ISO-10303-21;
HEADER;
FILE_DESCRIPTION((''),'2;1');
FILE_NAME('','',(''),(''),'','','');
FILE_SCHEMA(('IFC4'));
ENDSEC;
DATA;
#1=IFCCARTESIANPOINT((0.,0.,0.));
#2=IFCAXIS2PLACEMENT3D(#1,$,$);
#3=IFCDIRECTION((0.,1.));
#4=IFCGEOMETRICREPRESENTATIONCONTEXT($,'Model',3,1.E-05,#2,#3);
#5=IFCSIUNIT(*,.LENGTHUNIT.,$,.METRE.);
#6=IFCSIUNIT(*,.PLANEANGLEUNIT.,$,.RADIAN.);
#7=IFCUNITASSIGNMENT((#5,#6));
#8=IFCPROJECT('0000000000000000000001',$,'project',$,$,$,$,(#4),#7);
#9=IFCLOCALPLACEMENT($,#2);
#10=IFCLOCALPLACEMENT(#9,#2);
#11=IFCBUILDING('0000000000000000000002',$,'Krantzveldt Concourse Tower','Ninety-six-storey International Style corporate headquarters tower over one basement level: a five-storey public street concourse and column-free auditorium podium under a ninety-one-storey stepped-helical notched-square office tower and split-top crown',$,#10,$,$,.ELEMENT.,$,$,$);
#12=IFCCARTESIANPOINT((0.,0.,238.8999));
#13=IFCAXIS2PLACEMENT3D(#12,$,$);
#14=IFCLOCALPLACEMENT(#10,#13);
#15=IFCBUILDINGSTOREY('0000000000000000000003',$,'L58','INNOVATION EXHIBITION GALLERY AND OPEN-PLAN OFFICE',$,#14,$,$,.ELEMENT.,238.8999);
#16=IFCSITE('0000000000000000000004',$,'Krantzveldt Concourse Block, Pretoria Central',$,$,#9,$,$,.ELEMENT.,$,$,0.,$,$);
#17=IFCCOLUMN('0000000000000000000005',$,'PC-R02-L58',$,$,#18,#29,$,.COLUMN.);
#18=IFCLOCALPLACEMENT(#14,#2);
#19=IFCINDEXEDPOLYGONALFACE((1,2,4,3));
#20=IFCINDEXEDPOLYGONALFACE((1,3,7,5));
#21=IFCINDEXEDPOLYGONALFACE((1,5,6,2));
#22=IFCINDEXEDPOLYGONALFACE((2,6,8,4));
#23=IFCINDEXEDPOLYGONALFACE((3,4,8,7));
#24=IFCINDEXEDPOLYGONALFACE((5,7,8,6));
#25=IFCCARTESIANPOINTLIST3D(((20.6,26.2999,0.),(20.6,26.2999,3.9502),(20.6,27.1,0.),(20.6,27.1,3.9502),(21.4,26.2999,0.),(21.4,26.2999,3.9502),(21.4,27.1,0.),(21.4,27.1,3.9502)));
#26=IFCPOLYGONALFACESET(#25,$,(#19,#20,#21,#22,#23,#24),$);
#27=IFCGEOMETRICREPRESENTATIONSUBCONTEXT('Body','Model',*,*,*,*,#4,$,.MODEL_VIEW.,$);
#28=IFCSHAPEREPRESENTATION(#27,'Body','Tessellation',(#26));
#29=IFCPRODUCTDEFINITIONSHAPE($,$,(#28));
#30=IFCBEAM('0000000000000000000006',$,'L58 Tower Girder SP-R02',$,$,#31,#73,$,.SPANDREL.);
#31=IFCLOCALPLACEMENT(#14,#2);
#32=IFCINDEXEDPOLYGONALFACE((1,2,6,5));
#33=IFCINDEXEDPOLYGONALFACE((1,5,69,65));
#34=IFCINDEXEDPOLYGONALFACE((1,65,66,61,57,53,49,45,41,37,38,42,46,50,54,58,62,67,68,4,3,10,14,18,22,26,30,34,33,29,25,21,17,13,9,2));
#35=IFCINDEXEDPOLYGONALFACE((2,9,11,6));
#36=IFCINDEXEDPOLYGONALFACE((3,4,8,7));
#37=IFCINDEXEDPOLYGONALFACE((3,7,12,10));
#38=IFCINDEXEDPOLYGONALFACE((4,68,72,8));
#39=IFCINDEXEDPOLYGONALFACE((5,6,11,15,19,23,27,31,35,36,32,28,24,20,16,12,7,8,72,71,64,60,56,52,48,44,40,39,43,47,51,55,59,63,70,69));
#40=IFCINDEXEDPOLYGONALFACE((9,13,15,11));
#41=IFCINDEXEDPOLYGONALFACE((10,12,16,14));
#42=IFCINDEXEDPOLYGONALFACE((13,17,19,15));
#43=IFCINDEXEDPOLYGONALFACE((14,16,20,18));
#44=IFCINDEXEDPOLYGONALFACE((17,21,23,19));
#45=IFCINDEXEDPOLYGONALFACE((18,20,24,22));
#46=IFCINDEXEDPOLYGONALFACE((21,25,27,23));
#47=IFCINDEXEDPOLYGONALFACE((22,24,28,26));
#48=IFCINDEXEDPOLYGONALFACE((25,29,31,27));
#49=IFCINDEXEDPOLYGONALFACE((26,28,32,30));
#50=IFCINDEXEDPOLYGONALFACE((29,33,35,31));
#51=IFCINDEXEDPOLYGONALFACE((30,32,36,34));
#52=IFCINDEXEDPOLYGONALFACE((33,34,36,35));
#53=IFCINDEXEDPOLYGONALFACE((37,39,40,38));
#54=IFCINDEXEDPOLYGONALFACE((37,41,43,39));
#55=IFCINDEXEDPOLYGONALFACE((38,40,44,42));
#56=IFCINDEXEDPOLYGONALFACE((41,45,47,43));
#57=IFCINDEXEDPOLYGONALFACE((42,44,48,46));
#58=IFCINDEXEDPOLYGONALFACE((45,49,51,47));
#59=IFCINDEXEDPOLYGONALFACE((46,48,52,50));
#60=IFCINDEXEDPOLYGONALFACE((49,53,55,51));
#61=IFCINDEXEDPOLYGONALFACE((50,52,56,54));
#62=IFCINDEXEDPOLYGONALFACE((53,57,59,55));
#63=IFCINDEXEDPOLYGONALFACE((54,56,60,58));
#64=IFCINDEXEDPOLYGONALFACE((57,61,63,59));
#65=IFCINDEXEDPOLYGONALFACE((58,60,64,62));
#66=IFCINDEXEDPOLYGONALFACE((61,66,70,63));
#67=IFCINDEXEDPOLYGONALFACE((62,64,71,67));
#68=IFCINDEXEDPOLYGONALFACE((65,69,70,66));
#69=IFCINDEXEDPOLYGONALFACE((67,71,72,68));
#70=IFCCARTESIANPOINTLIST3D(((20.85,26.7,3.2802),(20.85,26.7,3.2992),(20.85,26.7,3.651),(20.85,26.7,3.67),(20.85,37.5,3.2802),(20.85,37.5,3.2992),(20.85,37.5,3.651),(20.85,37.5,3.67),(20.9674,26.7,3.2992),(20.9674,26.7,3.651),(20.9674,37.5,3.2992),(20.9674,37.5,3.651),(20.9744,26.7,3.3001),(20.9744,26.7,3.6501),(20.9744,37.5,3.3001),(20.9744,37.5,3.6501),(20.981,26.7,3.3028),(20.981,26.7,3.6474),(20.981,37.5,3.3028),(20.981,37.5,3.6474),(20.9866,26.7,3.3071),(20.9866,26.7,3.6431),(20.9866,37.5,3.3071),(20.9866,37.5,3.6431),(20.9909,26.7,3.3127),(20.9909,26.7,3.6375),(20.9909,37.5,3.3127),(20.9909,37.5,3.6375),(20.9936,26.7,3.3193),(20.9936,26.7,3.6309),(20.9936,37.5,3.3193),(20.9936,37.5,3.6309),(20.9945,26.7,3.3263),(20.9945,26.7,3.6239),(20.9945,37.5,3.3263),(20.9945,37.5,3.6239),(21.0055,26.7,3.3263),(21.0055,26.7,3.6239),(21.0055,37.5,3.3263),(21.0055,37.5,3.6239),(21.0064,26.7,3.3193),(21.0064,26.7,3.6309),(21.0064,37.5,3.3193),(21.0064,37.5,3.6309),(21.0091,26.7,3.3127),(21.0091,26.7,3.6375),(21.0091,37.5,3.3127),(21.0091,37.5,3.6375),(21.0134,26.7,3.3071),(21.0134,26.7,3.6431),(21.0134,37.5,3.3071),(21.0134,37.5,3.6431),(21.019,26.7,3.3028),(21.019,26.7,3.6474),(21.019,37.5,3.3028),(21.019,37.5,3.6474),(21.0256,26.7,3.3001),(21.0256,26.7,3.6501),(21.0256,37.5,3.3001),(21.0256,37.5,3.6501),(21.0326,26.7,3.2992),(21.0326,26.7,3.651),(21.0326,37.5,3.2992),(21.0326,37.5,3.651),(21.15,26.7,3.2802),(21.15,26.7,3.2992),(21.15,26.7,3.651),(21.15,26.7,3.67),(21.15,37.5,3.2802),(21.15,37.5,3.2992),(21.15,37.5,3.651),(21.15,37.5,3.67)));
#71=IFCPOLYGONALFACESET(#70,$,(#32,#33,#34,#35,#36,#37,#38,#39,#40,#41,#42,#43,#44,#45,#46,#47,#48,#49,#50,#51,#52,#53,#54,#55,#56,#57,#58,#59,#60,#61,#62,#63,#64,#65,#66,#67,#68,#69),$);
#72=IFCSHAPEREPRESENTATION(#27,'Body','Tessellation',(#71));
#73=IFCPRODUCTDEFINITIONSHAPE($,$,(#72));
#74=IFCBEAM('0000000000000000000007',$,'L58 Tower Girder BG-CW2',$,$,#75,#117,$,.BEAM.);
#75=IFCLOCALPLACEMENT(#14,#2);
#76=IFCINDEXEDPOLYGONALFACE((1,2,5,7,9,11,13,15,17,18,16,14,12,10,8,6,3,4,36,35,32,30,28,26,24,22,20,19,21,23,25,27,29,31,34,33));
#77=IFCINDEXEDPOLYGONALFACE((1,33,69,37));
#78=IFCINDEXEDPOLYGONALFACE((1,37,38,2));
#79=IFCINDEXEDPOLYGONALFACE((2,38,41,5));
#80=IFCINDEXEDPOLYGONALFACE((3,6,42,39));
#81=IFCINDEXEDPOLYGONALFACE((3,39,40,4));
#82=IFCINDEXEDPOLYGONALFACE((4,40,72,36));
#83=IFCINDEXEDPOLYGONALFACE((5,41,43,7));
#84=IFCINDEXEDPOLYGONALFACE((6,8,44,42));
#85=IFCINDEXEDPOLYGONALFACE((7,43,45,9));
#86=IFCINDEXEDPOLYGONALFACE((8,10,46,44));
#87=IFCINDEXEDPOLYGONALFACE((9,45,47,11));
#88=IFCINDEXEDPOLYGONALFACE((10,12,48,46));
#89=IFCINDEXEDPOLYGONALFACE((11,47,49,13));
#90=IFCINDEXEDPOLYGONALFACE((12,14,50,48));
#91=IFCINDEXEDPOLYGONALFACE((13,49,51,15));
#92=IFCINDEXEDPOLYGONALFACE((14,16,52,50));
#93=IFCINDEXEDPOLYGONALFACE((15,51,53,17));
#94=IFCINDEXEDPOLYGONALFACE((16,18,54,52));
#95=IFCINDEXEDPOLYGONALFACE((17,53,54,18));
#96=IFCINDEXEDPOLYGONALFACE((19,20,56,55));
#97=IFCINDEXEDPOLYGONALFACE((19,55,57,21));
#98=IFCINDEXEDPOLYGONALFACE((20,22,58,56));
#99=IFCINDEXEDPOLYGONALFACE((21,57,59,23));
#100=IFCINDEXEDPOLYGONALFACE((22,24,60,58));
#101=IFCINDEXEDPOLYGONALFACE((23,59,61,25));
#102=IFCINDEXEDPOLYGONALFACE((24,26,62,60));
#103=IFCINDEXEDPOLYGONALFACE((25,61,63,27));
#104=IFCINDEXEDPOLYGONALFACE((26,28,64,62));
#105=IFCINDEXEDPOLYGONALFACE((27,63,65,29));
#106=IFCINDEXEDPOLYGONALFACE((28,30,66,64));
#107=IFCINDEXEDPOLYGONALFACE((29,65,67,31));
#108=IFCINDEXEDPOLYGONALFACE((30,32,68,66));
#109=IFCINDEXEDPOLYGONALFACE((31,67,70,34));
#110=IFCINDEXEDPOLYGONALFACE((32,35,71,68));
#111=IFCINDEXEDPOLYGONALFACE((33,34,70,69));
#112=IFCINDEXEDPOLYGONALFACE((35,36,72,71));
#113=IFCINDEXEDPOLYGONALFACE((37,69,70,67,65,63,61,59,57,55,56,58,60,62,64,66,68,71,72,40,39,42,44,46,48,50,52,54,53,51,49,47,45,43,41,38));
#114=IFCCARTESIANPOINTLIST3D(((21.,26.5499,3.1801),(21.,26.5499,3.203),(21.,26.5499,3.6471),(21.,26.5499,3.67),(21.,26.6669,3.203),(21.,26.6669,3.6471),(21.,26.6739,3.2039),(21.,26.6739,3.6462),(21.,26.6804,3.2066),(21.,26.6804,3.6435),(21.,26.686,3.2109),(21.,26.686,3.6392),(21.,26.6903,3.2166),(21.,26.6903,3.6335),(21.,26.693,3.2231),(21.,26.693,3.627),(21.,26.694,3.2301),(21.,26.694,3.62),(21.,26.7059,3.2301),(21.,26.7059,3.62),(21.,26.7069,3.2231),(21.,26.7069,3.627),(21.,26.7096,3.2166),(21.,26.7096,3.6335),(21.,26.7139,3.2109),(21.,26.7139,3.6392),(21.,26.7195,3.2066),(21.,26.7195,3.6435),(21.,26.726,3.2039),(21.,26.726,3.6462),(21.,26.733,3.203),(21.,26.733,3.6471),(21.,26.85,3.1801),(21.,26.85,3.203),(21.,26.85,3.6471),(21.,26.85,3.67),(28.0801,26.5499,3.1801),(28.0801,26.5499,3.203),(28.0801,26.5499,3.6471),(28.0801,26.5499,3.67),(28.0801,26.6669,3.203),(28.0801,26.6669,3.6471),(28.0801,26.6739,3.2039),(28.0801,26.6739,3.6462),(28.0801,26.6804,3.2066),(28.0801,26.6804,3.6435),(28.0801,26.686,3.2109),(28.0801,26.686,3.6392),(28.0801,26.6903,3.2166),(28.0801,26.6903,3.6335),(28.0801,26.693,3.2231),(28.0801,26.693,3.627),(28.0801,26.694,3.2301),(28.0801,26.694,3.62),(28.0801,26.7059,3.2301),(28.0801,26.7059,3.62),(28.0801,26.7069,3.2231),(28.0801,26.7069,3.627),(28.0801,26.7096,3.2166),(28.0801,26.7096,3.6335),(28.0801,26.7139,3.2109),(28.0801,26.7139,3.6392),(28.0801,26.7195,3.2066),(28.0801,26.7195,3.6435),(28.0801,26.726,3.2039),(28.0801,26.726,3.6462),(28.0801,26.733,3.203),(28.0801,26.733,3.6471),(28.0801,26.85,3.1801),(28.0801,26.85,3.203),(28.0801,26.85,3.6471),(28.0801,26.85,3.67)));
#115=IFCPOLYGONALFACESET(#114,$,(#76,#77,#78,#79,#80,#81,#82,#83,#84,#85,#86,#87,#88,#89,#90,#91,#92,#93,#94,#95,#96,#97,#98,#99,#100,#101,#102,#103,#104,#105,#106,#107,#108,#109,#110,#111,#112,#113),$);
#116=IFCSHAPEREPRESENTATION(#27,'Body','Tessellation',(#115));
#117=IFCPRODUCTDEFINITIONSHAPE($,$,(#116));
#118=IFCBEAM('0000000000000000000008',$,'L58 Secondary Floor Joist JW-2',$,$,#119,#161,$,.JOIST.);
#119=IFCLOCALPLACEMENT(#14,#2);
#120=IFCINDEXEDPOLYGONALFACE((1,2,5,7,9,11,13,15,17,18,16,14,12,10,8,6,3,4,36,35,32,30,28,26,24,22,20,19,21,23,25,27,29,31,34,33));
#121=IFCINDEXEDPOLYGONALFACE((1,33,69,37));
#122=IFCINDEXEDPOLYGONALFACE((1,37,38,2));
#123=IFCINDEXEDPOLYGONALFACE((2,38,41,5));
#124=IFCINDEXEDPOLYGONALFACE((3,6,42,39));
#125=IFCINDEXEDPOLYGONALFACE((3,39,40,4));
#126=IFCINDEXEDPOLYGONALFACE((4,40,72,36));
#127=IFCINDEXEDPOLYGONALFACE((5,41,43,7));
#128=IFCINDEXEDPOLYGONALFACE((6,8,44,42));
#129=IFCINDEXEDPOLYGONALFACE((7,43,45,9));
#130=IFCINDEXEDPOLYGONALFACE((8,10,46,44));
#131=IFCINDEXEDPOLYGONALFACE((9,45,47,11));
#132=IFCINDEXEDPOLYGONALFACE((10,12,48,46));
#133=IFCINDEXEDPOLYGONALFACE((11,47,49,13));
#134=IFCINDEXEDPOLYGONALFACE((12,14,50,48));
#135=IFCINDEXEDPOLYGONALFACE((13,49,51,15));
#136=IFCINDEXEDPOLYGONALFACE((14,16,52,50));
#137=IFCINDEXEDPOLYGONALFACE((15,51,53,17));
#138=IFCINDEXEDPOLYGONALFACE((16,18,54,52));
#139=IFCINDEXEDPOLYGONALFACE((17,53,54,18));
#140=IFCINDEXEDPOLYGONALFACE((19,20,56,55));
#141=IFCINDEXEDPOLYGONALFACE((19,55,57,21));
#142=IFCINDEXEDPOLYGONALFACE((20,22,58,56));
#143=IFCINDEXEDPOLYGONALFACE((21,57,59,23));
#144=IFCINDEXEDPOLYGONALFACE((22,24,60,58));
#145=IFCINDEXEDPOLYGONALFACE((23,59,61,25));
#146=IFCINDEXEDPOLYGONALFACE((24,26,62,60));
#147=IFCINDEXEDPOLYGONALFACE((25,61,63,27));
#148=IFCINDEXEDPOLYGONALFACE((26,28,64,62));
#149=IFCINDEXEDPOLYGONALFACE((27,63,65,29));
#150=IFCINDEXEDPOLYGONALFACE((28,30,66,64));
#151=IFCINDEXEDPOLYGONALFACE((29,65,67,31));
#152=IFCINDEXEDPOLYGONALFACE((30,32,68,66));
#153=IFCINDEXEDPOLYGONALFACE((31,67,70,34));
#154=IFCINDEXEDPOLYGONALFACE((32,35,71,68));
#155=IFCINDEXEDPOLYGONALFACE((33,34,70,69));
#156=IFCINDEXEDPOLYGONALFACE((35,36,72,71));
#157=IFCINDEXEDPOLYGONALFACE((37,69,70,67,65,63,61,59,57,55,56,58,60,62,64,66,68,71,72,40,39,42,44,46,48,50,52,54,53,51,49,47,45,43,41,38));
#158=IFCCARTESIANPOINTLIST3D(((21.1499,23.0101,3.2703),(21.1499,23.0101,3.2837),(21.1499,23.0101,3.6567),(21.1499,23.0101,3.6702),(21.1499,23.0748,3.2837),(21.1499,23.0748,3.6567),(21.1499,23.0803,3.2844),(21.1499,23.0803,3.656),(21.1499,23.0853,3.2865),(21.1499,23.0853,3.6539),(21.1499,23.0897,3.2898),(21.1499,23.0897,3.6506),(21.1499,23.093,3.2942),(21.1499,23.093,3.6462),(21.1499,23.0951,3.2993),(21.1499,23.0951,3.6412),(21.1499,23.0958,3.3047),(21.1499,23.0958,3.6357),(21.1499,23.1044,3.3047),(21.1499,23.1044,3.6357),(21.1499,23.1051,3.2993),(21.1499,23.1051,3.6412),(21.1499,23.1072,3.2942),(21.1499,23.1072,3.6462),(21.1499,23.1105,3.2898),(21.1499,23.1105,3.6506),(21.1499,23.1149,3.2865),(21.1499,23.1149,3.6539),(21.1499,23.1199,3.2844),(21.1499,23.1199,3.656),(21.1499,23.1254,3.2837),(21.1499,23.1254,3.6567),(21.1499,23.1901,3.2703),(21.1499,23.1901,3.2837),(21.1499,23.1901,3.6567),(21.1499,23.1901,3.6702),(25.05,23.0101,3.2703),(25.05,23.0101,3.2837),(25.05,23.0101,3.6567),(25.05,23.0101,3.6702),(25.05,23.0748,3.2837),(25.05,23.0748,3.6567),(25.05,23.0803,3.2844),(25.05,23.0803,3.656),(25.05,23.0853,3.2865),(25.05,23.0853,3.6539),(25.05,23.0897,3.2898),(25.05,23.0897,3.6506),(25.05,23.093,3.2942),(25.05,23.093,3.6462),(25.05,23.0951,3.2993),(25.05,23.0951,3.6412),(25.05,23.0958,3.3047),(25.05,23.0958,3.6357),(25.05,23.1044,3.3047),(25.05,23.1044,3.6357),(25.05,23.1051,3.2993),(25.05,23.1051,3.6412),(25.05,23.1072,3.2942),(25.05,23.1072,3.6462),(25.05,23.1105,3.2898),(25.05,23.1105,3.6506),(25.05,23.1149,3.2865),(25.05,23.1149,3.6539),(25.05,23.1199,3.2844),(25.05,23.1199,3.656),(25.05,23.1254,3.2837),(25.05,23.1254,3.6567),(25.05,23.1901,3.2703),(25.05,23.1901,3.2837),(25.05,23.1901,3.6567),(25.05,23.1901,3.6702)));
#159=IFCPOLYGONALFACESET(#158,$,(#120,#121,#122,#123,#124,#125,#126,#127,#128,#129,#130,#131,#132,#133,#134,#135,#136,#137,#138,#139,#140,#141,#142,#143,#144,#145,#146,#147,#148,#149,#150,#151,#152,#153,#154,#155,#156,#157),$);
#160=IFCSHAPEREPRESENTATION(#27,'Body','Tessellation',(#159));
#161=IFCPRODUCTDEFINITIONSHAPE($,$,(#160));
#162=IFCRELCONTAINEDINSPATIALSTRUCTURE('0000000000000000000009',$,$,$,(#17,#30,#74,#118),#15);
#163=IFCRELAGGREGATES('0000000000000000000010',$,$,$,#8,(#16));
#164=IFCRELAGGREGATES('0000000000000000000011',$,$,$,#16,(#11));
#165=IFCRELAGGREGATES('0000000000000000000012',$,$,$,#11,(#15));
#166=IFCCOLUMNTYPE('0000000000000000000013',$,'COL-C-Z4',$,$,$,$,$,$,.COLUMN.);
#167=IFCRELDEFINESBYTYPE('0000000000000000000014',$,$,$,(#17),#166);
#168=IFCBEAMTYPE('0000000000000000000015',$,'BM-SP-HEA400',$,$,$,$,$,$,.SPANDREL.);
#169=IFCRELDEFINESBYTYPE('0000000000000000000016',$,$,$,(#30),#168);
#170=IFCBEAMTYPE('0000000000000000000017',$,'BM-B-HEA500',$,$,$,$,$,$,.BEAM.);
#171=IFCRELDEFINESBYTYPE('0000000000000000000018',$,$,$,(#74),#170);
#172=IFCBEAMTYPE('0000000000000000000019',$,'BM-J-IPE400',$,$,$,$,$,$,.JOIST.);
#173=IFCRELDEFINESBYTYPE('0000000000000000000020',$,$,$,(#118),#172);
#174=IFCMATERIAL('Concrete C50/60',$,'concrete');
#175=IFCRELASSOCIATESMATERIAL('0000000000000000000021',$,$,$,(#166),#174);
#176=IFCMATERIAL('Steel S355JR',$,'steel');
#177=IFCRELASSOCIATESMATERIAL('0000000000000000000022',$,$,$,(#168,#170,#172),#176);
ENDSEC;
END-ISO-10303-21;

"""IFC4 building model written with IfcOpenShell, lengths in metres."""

from ifc_helpers import new_model, si_unit, direction, frame, origin, origin_2d, place, context, subcontext, project, spatial, rectangle, i_section, extrude, source, transform, mapped, material, material_profile, profile_set, type_object, type_shapes, element, save


model = new_model("IFC4")

# Units and contexts
model_context = context("Model", 3, precision=1e-05, world=origin(), true_north=direction((0.0, 1.0)))
body_context = subcontext(model_context, "Body", "Model", "MODEL_VIEW")
ifc_project = project(units=[si_unit("LENGTHUNIT", "METRE"), si_unit("PLANEANGLEUNIT", "RADIAN")], contexts=[model_context])

# Site, building, storey
site_placement = place(None, origin())
site = spatial("IfcSite", under=ifc_project, at=site_placement, Name="Krantzveldt Concourse Block, Pretoria Central", CompositionType="ELEMENT", RefElevation=0.0)
building_placement = place(site_placement, origin())
building = spatial("IfcBuilding", under=site, at=building_placement, Name="Krantzveldt Concourse Tower", Description="Ninety-six-storey International Style corporate headquarters tower over one basement level: a five-storey public street concourse and column-free auditorium podium under a ninety-one-storey stepped-helical notched-square office tower and split-top crown", CompositionType="ELEMENT")
storey_placement = place(building_placement, frame((0.0, 0.0, 238.8999)))
storey = spatial("IfcBuildingStorey", under=building, at=storey_placement, Name="L58", Description="INNOVATION EXHIBITION GALLERY AND OPEN-PLAN OFFICE", CompositionType="ELEMENT", Elevation=238.8999)

# Column
ifc_material_1 = material(Name="Concrete C50/60", Category="concrete")
ifc_material_profile_1 = material_profile(ifc_material_1, rectangle(XDim=0.8, YDim=0.8, at=origin_2d()), Name="Concrete C50/60", Category="concrete")
ifc_profile_set_1 = profile_set([ifc_material_profile_1], Name="Concrete C50/60 - RC 800x800")
column_type = type_object("IfcColumnType", Name="COL-C-Z4", PredefinedType="COLUMN", material=ifc_profile_set_1)
shared_shape_1 = source(origin(), body_context, "Body", "SweptSolid", [
    extrude(rectangle(XDim=0.8, YDim=0.8, at=origin_2d()), origin(), (0.0, 0.0, 1.0), 3.9502),
])
type_shapes(column_type, [shared_shape_1])
column_placement = place(storey_placement, frame((21.0, 26.7, 0.0), z_axis=(0.0, 0.0, 1.0), x_axis=(1.0, 0.0, 0.0)))
element("IfcColumn", 1, at=column_placement, inside=storey, type_object=column_type, Name="PC-R02-L58", PredefinedType="COLUMN", context=body_context, shape_type="MappedRepresentation", body=[
    mapped(shared_shape_1, transform((0.0, 0.0, 0.0), x_axis=(1.0, 0.0, 0.0), y_axis=(0.0, 1.0, 0.0), z_axis=(0.0, 0.0, 1.0), scale=1.0)),
])

# Beams
ifc_material_2 = material(Name="Steel S355JR", Category="steel")
ifc_material_profile_2 = material_profile(ifc_material_2, i_section(OverallWidth=0.3, OverallDepth=0.3899, WebThickness=0.011, FlangeThickness=0.019, FilletRadius=0.0271, at=origin_2d()), Name="Steel S355JR", Category="steel")
ifc_profile_set_2 = profile_set([ifc_material_profile_2], Name="Steel S355JR - HEA 400")
beam_type_1 = type_object("IfcBeamType", Name="BM-SP-HEA400", PredefinedType="SPANDREL", material=ifc_profile_set_2)
shared_shape_2 = source(origin(), body_context, "Body", "SweptSolid", [
    extrude(i_section(OverallWidth=0.3, OverallDepth=0.3899, WebThickness=0.011, FlangeThickness=0.019, FilletRadius=0.0271, at=origin_2d()), origin(), (0.0, 0.0, 1.0), 10.8),
])
type_shapes(beam_type_1, [shared_shape_2])
beam_1_placement = place(storey_placement, frame((21.0, 26.7, 3.4751), z_axis=(0.0, 1.0, 0.0), x_axis=(-1.0, 0.0, 0.0)))
element("IfcBeam", 2, at=beam_1_placement, inside=storey, type_object=beam_type_1, Name="L58 Tower Girder SP-R02", PredefinedType="SPANDREL", context=body_context, shape_type="MappedRepresentation", body=[
    mapped(shared_shape_2, transform((0.0, 0.0, 0.0), x_axis=(1.0, 0.0, 0.0), y_axis=(0.0, 1.0, 0.0), z_axis=(0.0, 0.0, 1.0), scale=1.0)),
])
ifc_material_profile_3 = material_profile(ifc_material_2, i_section(OverallWidth=0.3, OverallDepth=0.49, WebThickness=0.012, FlangeThickness=0.0229, FilletRadius=0.0271, at=origin_2d()), Name="Steel S355JR", Category="steel")
ifc_profile_set_3 = profile_set([ifc_material_profile_3], Name="Steel S355JR - HEA 500")
beam_type_2 = type_object("IfcBeamType", Name="BM-B-HEA500", PredefinedType="BEAM", material=ifc_profile_set_3)
shared_shape_3 = source(origin(), body_context, "Body", "SweptSolid", [
    extrude(i_section(OverallWidth=0.3, OverallDepth=0.49, WebThickness=0.012, FlangeThickness=0.0229, FilletRadius=0.0271, at=origin_2d()), origin(), (0.0, 0.0, 1.0), 7.0801),
])
type_shapes(beam_type_2, [shared_shape_3])
beam_2_placement = place(storey_placement, frame((21.0, 26.7, 3.425), z_axis=(1.0, 0.0, 0.0), x_axis=(0.0, 1.0, 0.0)))
element("IfcBeam", 3, at=beam_2_placement, inside=storey, type_object=beam_type_2, Name="L58 Tower Girder BG-CW2", PredefinedType="BEAM", context=body_context, shape_type="MappedRepresentation", body=[
    mapped(shared_shape_3, transform((0.0, 0.0, 0.0), x_axis=(1.0, 0.0, 0.0), y_axis=(0.0, 1.0, 0.0), z_axis=(0.0, 0.0, 1.0), scale=1.0)),
])
ifc_material_profile_4 = material_profile(ifc_material_2, i_section(OverallWidth=0.1799, OverallDepth=0.3999, WebThickness=0.0085, FlangeThickness=0.0134, FilletRadius=0.021, at=origin_2d()), Name="Steel S355JR", Category="steel")
ifc_profile_set_4 = profile_set([ifc_material_profile_4], Name="Steel S355JR - IPE 400")
beam_type_3 = type_object("IfcBeamType", Name="BM-J-IPE400", PredefinedType="JOIST", material=ifc_profile_set_4)
shared_shape_4 = source(origin(), body_context, "Body", "SweptSolid", [
    extrude(i_section(OverallWidth=0.1799, OverallDepth=0.3999, WebThickness=0.0085, FlangeThickness=0.0134, FilletRadius=0.021, at=origin_2d()), origin(), (0.0, 0.0, 1.0), 3.9001),
])
type_shapes(beam_type_3, [shared_shape_4])
beam_3_placement = place(storey_placement, frame((21.1499, 23.1001, 3.4702), z_axis=(1.0, 0.0, 0.0), x_axis=(0.0, 1.0, 0.0)))
element("IfcBeam", 4, at=beam_3_placement, inside=storey, type_object=beam_type_3, Name="L58 Secondary Floor Joist JW-2", PredefinedType="JOIST", context=body_context, shape_type="MappedRepresentation", body=[
    mapped(shared_shape_4, transform((0.0, 0.0, 0.0), x_axis=(1.0, 0.0, 0.0), y_axis=(0.0, 1.0, 0.0), z_axis=(0.0, 0.0, 1.0), scale=1.0)),
])

save(model, "model.ifc")
